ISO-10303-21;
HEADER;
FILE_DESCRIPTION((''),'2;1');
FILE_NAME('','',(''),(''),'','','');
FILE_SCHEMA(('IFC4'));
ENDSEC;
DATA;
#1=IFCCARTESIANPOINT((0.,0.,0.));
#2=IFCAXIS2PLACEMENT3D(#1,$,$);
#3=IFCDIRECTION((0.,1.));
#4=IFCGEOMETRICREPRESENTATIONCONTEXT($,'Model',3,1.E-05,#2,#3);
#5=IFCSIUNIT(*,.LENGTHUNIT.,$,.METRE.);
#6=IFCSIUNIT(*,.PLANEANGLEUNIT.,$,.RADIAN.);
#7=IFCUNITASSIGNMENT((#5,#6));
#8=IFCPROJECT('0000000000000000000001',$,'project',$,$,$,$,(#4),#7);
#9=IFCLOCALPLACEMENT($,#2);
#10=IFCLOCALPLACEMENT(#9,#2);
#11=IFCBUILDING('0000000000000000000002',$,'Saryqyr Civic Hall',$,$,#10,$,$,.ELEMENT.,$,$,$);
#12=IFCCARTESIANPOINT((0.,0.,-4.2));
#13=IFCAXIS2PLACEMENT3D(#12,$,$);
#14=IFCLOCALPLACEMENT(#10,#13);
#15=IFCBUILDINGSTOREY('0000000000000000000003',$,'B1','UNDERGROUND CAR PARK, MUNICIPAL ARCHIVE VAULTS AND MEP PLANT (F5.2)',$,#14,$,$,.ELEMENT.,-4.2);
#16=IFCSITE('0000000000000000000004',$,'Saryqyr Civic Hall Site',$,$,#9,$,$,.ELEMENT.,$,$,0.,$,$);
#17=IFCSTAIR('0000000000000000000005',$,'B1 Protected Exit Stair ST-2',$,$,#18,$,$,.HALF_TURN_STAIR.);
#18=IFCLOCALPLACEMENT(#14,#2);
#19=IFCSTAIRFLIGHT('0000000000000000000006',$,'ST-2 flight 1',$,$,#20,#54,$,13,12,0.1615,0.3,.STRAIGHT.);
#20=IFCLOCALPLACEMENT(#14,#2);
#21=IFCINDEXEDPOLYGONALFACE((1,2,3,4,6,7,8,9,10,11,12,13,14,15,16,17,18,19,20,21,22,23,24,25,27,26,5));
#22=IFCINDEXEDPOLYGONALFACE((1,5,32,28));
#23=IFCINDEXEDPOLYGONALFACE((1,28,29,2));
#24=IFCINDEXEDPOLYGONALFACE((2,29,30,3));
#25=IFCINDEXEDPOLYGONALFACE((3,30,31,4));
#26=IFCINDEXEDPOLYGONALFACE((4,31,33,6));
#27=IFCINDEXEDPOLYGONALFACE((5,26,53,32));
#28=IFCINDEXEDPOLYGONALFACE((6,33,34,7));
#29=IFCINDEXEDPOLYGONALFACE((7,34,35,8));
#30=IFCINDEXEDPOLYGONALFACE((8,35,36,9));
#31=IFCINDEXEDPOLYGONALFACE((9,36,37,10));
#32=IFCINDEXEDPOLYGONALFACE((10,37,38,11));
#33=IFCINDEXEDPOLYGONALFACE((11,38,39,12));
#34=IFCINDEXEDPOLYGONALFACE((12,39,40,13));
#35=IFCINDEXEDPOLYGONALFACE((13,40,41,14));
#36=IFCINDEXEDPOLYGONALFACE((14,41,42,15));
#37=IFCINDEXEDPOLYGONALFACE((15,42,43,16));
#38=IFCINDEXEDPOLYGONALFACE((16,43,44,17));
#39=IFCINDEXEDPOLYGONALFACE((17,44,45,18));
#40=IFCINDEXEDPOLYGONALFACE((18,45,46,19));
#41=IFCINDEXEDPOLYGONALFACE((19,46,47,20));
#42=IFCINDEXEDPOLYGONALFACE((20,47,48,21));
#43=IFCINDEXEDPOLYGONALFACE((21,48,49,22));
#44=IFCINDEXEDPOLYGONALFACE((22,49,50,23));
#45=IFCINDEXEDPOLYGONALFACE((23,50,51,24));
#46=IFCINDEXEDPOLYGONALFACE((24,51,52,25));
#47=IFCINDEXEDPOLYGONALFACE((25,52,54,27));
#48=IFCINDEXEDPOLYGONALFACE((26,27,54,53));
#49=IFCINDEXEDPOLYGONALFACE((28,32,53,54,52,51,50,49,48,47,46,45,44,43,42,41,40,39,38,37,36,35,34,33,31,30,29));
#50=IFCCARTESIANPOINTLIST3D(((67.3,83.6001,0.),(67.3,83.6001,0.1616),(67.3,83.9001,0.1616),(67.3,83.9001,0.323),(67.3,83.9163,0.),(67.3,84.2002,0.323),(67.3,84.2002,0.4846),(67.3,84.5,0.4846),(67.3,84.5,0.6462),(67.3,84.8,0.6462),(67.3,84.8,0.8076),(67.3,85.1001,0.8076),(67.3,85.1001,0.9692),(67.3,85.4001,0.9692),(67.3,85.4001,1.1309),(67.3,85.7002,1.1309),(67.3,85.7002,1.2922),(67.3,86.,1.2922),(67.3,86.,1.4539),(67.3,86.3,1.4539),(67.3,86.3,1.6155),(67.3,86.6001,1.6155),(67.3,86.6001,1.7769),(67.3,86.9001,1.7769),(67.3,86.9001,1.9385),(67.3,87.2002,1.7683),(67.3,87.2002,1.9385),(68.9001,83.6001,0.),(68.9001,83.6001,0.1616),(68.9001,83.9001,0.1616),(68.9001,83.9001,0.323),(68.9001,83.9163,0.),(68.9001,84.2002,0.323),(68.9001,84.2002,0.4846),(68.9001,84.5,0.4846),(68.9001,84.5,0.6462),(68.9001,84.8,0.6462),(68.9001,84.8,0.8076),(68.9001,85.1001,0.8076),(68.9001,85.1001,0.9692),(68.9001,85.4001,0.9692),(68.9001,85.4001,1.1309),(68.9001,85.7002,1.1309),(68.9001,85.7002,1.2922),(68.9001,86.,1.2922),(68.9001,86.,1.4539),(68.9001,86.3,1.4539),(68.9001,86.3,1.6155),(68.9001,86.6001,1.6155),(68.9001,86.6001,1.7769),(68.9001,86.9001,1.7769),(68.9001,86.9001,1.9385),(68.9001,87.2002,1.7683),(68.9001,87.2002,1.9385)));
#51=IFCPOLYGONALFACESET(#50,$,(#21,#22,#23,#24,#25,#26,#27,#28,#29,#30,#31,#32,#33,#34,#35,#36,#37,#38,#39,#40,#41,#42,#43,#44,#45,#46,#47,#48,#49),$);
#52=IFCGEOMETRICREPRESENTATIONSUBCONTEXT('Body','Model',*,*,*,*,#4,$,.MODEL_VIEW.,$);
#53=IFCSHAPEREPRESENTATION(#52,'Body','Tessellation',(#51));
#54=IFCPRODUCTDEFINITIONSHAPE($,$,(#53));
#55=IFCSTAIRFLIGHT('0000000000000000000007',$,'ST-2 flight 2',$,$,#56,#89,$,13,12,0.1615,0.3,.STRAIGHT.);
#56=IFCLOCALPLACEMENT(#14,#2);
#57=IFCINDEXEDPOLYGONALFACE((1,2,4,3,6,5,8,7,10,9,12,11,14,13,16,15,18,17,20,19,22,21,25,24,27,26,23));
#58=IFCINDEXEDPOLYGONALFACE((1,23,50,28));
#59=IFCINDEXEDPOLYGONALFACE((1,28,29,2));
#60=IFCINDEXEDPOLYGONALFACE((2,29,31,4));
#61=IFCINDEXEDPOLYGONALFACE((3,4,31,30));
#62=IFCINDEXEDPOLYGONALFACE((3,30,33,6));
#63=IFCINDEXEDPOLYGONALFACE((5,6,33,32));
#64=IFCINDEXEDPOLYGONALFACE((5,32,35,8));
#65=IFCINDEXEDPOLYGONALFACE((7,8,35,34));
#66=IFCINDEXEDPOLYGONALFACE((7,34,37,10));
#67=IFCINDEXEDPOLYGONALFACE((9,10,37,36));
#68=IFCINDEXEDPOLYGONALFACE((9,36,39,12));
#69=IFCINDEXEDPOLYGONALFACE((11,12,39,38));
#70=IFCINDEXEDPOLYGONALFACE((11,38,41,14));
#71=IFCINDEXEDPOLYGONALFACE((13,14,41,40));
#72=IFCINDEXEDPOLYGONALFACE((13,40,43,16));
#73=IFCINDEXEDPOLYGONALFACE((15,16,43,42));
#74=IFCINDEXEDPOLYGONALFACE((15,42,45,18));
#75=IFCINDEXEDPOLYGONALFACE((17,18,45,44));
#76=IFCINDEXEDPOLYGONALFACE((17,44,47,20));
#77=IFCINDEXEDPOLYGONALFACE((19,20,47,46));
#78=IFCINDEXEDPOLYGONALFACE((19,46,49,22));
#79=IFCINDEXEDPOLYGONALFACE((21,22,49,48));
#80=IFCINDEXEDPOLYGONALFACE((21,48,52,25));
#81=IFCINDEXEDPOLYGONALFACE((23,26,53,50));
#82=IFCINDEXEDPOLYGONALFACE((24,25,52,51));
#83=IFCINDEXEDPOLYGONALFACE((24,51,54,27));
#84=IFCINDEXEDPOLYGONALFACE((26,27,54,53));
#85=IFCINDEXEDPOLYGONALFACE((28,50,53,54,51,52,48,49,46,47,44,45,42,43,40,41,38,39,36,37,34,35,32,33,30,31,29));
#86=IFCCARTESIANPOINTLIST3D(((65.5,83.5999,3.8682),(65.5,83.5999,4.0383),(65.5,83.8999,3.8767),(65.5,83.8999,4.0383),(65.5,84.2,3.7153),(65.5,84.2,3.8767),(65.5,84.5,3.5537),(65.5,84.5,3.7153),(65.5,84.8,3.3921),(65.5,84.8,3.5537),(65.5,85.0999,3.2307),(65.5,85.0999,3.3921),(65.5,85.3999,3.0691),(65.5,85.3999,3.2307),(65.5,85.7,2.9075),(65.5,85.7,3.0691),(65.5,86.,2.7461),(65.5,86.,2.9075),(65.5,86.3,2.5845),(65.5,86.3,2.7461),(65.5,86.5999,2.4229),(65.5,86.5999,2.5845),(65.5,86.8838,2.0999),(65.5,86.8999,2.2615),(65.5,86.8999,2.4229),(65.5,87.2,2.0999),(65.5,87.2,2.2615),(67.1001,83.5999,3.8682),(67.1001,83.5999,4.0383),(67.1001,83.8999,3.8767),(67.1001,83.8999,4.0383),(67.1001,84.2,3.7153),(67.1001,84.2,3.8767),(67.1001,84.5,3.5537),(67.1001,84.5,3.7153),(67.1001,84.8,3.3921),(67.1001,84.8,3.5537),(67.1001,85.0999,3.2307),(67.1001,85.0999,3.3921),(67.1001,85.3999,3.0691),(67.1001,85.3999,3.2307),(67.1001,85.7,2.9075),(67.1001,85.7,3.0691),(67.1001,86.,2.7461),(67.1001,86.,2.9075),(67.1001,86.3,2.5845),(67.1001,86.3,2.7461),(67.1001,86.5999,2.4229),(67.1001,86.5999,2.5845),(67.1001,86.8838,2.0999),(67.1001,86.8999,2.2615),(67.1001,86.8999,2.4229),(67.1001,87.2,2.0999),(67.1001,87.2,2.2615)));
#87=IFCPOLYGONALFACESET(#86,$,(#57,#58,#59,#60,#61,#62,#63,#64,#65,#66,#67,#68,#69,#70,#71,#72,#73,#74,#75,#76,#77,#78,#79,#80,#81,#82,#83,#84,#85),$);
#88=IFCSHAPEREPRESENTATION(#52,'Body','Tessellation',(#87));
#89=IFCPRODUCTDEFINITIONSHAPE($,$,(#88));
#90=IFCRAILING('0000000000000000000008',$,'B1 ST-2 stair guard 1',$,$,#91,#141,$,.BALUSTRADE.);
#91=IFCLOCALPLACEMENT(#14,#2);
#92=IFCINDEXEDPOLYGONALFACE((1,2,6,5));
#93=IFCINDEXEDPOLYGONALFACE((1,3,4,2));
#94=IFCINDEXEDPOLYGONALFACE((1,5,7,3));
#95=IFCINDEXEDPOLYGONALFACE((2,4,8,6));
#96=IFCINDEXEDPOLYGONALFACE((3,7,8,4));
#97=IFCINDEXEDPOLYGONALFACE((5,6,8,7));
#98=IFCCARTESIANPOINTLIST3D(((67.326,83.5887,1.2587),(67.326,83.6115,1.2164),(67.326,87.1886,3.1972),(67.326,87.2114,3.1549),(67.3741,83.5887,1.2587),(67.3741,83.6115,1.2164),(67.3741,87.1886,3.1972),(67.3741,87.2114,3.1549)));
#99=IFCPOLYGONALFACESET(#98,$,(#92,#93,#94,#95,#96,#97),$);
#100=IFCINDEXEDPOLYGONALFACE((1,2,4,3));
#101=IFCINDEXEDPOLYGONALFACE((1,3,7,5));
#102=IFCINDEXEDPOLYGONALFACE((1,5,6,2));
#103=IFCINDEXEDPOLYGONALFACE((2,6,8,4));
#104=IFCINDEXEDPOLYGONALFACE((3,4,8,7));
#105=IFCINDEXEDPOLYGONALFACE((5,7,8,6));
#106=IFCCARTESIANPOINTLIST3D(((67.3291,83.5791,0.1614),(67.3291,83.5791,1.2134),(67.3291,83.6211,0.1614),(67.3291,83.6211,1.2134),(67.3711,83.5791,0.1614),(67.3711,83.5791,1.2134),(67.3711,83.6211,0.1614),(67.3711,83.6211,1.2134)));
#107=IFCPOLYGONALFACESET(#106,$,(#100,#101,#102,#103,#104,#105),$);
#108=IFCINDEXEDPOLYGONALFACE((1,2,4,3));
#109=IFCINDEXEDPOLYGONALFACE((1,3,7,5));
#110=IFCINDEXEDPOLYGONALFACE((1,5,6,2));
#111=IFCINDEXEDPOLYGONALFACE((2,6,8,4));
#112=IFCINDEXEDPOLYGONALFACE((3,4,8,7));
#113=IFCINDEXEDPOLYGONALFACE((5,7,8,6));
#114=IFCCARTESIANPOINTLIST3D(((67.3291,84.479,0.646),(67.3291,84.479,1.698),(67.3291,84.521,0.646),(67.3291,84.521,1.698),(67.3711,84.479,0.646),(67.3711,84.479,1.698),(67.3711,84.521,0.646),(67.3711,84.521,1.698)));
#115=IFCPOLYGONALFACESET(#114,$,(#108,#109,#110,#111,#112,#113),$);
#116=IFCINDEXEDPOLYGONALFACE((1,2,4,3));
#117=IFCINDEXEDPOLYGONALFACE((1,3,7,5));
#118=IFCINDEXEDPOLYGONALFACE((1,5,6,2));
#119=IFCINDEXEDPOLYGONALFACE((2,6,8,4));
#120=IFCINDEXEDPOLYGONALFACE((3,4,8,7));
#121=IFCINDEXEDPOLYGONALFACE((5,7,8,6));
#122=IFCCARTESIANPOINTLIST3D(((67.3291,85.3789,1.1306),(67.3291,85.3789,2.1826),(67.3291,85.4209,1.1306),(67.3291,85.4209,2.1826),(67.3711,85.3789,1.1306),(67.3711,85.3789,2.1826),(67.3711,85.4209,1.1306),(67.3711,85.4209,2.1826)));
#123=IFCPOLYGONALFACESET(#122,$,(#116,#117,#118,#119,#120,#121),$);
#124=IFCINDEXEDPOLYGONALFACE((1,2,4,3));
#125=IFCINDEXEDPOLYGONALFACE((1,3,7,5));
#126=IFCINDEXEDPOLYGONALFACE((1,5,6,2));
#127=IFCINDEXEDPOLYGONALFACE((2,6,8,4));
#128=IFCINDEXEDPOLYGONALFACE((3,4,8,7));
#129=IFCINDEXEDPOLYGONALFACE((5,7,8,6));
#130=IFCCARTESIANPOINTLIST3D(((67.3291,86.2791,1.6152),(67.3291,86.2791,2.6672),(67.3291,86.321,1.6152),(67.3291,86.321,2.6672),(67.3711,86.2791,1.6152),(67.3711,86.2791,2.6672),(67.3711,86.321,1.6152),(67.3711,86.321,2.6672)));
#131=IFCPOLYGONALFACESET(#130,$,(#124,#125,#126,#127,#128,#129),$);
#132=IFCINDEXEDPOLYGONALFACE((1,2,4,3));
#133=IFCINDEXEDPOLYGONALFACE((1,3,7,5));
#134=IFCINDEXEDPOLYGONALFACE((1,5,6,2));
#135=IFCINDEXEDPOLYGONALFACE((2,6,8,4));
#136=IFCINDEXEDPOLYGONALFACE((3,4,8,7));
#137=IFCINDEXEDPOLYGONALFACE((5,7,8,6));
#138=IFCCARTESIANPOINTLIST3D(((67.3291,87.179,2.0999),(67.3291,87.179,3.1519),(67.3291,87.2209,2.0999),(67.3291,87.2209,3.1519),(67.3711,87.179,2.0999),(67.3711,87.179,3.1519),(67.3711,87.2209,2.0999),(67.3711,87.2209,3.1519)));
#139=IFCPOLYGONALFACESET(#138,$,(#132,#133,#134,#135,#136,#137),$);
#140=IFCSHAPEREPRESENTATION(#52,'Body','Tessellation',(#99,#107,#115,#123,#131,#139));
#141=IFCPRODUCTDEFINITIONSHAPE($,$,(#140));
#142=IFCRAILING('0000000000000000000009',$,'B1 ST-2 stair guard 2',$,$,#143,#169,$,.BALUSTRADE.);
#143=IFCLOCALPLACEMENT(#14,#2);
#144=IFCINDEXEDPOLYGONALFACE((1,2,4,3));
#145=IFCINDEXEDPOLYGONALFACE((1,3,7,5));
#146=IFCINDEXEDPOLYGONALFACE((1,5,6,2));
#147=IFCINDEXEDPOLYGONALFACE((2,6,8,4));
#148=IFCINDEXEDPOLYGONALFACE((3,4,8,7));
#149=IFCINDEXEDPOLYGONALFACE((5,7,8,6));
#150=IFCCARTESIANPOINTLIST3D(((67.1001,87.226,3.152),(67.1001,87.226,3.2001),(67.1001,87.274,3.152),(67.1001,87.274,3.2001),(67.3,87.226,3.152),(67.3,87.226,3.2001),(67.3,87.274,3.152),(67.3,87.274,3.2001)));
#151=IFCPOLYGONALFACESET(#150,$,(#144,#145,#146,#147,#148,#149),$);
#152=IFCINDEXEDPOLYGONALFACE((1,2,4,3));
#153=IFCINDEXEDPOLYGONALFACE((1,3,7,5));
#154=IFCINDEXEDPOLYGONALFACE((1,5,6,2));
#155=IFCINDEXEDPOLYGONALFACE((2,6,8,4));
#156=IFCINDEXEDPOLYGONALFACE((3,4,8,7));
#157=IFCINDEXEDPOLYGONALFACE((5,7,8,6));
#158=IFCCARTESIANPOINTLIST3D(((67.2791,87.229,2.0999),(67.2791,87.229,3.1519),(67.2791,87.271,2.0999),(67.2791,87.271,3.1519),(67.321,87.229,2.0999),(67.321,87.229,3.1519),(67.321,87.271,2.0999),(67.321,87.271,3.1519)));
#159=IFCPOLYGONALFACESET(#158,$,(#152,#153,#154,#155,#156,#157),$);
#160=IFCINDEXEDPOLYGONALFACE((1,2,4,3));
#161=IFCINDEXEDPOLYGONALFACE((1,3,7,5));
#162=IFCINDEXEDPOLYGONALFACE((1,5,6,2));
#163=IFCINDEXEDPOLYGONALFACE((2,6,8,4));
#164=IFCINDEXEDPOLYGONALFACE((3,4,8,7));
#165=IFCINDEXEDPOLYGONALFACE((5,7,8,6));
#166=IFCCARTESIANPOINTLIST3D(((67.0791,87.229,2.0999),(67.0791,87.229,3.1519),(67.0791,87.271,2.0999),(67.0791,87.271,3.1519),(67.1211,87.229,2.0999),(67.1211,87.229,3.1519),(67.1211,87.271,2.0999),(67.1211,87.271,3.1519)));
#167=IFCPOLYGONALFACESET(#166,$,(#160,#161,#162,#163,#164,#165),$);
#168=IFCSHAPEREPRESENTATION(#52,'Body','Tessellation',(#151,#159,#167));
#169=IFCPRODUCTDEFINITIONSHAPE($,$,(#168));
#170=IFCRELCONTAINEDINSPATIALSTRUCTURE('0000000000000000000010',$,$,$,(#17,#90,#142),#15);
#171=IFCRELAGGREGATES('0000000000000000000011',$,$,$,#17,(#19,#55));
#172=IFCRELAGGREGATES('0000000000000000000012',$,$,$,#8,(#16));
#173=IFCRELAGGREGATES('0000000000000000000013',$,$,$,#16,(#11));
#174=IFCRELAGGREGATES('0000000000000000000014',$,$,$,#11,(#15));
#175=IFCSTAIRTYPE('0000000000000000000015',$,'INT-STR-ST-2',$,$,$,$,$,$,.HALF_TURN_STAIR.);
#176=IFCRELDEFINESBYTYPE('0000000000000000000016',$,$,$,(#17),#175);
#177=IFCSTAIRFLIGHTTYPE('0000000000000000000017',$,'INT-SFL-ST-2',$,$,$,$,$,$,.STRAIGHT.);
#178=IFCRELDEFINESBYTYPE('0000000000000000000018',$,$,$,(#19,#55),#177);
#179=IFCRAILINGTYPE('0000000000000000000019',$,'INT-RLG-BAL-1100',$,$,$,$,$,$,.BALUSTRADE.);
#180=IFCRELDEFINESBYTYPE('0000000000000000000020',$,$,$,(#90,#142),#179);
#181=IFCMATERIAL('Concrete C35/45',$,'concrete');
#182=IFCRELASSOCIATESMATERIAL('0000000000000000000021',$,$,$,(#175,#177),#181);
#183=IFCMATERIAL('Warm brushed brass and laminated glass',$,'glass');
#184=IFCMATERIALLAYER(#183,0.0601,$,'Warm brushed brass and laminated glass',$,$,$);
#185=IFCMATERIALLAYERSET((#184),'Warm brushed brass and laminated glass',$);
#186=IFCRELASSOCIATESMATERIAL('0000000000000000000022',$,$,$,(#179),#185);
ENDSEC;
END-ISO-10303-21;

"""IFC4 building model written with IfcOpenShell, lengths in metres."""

from ifc_helpers import new_model, si_unit, direction, frame, origin, origin_2d, place, context, subcontext, project, spatial, polyline, rectangle, outline, extrude, material, layer, layer_set, type_object, element, aggregate, save


model = new_model("IFC4")

# Units and contexts
model_context = context("Model", 3, precision=1e-05, world=origin(), true_north=direction((0.0, 1.0)))
body_context = subcontext(model_context, "Body", "Model", "MODEL_VIEW")
ifc_project = project(units=[si_unit("LENGTHUNIT", "METRE"), si_unit("PLANEANGLEUNIT", "RADIAN")], contexts=[model_context])

# Site, building, storey
site_placement = place(None, origin())
site = spatial("IfcSite", under=ifc_project, at=site_placement, Name="Saryqyr Civic Hall Site", CompositionType="ELEMENT", RefElevation=0.0)
building_placement = place(site_placement, origin())
building = spatial("IfcBuilding", under=site, at=building_placement, Name="Saryqyr Civic Hall", CompositionType="ELEMENT")
storey_placement = place(building_placement, frame((0.0, 0.0, -4.2)))
storey = spatial("IfcBuildingStorey", under=building, at=storey_placement, Name="B1", Description="UNDERGROUND CAR PARK, MUNICIPAL ARCHIVE VAULTS AND MEP PLANT (F5.2)", CompositionType="ELEMENT", Elevation=-4.2)

# Shared definitions
ifc_material_1 = material(Name="Concrete C35/45", Category="concrete")

# Stair, stair flights
stair_type = type_object("IfcStairType", Name="INT-STR-ST-2", PredefinedType="HALF_TURN_STAIR", material=ifc_material_1)
stair_placement = place(storey_placement, origin())
stair = element("IfcStair", 1, at=stair_placement, inside=storey, type_object=stair_type, Name="B1 Protected Exit Stair ST-2", PredefinedType="HALF_TURN_STAIR")
stair_flight_type = type_object("IfcStairFlightType", Name="INT-SFL-ST-2", PredefinedType="STRAIGHT", material=ifc_material_1)
stair_flight_1_placement = place(storey_placement, frame((68.1001, 83.6001, 0.0), z_axis=(0.0, 0.0, 1.0), x_axis=(0.0, 1.0, 0.0)))
stair_flight_1 = element("IfcStairFlight", 2, at=stair_flight_1_placement, type_object=stair_flight_type, Name="ST-2 flight 1", NumberOfRisers=13, NumberOfTreads=12, PredefinedType="STRAIGHT", RiserHeight=0.1615, TreadLength=0.3, context=body_context, shape_type="SweptSolid", body=[
    extrude(outline(polyline([(0.0, 0.0), (0.0, 0.1616), (0.3, 0.1616), (0.3, 0.323), (0.6001, 0.323), (0.6001, 0.4846), (0.8999, 0.4846), (0.8999, 0.6462), (1.2, 0.6462), (1.2, 0.8076), (1.5, 0.8076), (1.5, 0.9692), (1.8, 0.9692), (1.8, 1.1309), (2.1001, 1.1309), (2.1001, 1.2922), (2.3999, 1.2922), (2.3999, 1.4539), (2.7, 1.4539), (2.7, 1.6155), (3.0, 1.6155), (3.0, 1.7769), (3.3, 1.7769), (3.3, 1.9385), (3.6001, 1.9385), (3.6001, 2.1001), (3.6001, 1.7683), (0.3162, 0.0), (0.0, 0.0)])), frame((0.0, 0.8, 0.0), z_axis=(0.0, -1.0, 0.0), x_axis=(1.0, 0.0, 0.0)), (0.0, 0.0, 1.0), 1.6001),
])
stair_flight_2_placement = place(storey_placement, frame((66.3, 87.2, 2.0999), z_axis=(0.0, 0.0, 1.0), x_axis=(0.0, -1.0, 0.0)))
stair_flight_2 = element("IfcStairFlight", 3, at=stair_flight_2_placement, type_object=stair_flight_type, Name="ST-2 flight 2", NumberOfRisers=13, NumberOfTreads=12, PredefinedType="STRAIGHT", RiserHeight=0.1615, TreadLength=0.3, context=body_context, shape_type="SweptSolid", body=[
    extrude(outline(polyline([(0.0, 0.0), (0.0, 0.1616), (0.3, 0.1616), (0.3, 0.323), (0.6001, 0.323), (0.6001, 0.4846), (0.8999, 0.4846), (0.8999, 0.6462), (1.2, 0.6462), (1.2, 0.8076), (1.5, 0.8076), (1.5, 0.9692), (1.8, 0.9692), (1.8, 1.1309), (2.1001, 1.1309), (2.1001, 1.2922), (2.3999, 1.2922), (2.3999, 1.4539), (2.7, 1.4539), (2.7, 1.6155), (3.0, 1.6155), (3.0, 1.7769), (3.3, 1.7769), (3.3, 1.9385), (3.6001, 1.9385), (3.6001, 2.1001), (3.6001, 1.7683), (0.3162, 0.0), (0.0, 0.0)])), frame((0.0, 0.8, 0.0), z_axis=(0.0, -1.0, 0.0), x_axis=(1.0, 0.0, 0.0)), (0.0, 0.0, 1.0), 1.6001),
])
aggregate(stair, [stair_flight_1, stair_flight_2])

# Railings
ifc_material_2 = material(Name="Warm brushed brass and laminated glass", Category="glass")
ifc_layer_1 = layer(ifc_material_2, 0.0601, Name="Warm brushed brass and laminated glass")
ifc_layer_set_1 = layer_set([ifc_layer_1], Name="Warm brushed brass and laminated glass")
railing_type_1 = type_object("IfcRailingType", Name="INT-RLG-BAL-1100", PredefinedType="BALUSTRADE", material=ifc_layer_set_1)
railing_1_placement = place(storey_placement, frame((67.3501, 83.6001, 0.1614)))
element("IfcRailing", 4, at=railing_1_placement, inside=storey, type_object=railing_type_1, Name="B1 ST-2 stair guard 1", PredefinedType="BALUSTRADE", context=body_context, shape_type="SweptSolid", body=[
    extrude(rectangle(XDim=0.0481, YDim=0.0481, at=origin_2d()), frame((0.0, 0.0, 1.0762), z_axis=(0.0, 0.880462, 0.474118), x_axis=(-1.0, 0.0, 0.0)), (0.0, 0.0, 1.0), 4.0886),
    extrude(rectangle(XDim=0.042, YDim=0.042, at=origin_2d()), origin(), (0.0, 0.0, 1.0), 1.052),
    extrude(rectangle(XDim=0.042, YDim=0.042, at=origin_2d()), frame((0.0, 0.8999, 0.4846)), (0.0, 0.0, 1.0), 1.052),
    extrude(rectangle(XDim=0.042, YDim=0.042, at=origin_2d()), frame((0.0, 1.7998, 0.9692)), (0.0, 0.0, 1.0), 1.052),
    extrude(rectangle(XDim=0.042, YDim=0.042, at=origin_2d()), frame((0.0, 2.7, 1.4539)), (0.0, 0.0, 1.0), 1.052),
    extrude(rectangle(XDim=0.042, YDim=0.042, at=origin_2d()), frame((0.0, 3.5999, 1.9385)), (0.0, 0.0, 1.0), 1.052),
])
railing_2_placement = place(storey_placement, frame((67.3, 87.25, 2.0999)))
element("IfcRailing", 5, at=railing_2_placement, inside=storey, type_object=railing_type_1, Name="B1 ST-2 stair guard 2", PredefinedType="BALUSTRADE", context=body_context, shape_type="SweptSolid", body=[
    extrude(rectangle(XDim=0.0481, YDim=0.0481, at=origin_2d()), frame((0.0, 0.0, 1.0762), z_axis=(-1.0, 0.0, 0.0), x_axis=(0.0, -1.0, 0.0)), (0.0, 0.0, 1.0), 0.2),
    extrude(rectangle(XDim=0.042, YDim=0.042, at=origin_2d()), origin(), (0.0, 0.0, 1.0), 1.052),
    extrude(rectangle(XDim=0.042, YDim=0.042, at=origin_2d()), frame((-0.2, 0.0, 0.0)), (0.0, 0.0, 1.0), 1.052),
])

save(model, "model.ifc")
